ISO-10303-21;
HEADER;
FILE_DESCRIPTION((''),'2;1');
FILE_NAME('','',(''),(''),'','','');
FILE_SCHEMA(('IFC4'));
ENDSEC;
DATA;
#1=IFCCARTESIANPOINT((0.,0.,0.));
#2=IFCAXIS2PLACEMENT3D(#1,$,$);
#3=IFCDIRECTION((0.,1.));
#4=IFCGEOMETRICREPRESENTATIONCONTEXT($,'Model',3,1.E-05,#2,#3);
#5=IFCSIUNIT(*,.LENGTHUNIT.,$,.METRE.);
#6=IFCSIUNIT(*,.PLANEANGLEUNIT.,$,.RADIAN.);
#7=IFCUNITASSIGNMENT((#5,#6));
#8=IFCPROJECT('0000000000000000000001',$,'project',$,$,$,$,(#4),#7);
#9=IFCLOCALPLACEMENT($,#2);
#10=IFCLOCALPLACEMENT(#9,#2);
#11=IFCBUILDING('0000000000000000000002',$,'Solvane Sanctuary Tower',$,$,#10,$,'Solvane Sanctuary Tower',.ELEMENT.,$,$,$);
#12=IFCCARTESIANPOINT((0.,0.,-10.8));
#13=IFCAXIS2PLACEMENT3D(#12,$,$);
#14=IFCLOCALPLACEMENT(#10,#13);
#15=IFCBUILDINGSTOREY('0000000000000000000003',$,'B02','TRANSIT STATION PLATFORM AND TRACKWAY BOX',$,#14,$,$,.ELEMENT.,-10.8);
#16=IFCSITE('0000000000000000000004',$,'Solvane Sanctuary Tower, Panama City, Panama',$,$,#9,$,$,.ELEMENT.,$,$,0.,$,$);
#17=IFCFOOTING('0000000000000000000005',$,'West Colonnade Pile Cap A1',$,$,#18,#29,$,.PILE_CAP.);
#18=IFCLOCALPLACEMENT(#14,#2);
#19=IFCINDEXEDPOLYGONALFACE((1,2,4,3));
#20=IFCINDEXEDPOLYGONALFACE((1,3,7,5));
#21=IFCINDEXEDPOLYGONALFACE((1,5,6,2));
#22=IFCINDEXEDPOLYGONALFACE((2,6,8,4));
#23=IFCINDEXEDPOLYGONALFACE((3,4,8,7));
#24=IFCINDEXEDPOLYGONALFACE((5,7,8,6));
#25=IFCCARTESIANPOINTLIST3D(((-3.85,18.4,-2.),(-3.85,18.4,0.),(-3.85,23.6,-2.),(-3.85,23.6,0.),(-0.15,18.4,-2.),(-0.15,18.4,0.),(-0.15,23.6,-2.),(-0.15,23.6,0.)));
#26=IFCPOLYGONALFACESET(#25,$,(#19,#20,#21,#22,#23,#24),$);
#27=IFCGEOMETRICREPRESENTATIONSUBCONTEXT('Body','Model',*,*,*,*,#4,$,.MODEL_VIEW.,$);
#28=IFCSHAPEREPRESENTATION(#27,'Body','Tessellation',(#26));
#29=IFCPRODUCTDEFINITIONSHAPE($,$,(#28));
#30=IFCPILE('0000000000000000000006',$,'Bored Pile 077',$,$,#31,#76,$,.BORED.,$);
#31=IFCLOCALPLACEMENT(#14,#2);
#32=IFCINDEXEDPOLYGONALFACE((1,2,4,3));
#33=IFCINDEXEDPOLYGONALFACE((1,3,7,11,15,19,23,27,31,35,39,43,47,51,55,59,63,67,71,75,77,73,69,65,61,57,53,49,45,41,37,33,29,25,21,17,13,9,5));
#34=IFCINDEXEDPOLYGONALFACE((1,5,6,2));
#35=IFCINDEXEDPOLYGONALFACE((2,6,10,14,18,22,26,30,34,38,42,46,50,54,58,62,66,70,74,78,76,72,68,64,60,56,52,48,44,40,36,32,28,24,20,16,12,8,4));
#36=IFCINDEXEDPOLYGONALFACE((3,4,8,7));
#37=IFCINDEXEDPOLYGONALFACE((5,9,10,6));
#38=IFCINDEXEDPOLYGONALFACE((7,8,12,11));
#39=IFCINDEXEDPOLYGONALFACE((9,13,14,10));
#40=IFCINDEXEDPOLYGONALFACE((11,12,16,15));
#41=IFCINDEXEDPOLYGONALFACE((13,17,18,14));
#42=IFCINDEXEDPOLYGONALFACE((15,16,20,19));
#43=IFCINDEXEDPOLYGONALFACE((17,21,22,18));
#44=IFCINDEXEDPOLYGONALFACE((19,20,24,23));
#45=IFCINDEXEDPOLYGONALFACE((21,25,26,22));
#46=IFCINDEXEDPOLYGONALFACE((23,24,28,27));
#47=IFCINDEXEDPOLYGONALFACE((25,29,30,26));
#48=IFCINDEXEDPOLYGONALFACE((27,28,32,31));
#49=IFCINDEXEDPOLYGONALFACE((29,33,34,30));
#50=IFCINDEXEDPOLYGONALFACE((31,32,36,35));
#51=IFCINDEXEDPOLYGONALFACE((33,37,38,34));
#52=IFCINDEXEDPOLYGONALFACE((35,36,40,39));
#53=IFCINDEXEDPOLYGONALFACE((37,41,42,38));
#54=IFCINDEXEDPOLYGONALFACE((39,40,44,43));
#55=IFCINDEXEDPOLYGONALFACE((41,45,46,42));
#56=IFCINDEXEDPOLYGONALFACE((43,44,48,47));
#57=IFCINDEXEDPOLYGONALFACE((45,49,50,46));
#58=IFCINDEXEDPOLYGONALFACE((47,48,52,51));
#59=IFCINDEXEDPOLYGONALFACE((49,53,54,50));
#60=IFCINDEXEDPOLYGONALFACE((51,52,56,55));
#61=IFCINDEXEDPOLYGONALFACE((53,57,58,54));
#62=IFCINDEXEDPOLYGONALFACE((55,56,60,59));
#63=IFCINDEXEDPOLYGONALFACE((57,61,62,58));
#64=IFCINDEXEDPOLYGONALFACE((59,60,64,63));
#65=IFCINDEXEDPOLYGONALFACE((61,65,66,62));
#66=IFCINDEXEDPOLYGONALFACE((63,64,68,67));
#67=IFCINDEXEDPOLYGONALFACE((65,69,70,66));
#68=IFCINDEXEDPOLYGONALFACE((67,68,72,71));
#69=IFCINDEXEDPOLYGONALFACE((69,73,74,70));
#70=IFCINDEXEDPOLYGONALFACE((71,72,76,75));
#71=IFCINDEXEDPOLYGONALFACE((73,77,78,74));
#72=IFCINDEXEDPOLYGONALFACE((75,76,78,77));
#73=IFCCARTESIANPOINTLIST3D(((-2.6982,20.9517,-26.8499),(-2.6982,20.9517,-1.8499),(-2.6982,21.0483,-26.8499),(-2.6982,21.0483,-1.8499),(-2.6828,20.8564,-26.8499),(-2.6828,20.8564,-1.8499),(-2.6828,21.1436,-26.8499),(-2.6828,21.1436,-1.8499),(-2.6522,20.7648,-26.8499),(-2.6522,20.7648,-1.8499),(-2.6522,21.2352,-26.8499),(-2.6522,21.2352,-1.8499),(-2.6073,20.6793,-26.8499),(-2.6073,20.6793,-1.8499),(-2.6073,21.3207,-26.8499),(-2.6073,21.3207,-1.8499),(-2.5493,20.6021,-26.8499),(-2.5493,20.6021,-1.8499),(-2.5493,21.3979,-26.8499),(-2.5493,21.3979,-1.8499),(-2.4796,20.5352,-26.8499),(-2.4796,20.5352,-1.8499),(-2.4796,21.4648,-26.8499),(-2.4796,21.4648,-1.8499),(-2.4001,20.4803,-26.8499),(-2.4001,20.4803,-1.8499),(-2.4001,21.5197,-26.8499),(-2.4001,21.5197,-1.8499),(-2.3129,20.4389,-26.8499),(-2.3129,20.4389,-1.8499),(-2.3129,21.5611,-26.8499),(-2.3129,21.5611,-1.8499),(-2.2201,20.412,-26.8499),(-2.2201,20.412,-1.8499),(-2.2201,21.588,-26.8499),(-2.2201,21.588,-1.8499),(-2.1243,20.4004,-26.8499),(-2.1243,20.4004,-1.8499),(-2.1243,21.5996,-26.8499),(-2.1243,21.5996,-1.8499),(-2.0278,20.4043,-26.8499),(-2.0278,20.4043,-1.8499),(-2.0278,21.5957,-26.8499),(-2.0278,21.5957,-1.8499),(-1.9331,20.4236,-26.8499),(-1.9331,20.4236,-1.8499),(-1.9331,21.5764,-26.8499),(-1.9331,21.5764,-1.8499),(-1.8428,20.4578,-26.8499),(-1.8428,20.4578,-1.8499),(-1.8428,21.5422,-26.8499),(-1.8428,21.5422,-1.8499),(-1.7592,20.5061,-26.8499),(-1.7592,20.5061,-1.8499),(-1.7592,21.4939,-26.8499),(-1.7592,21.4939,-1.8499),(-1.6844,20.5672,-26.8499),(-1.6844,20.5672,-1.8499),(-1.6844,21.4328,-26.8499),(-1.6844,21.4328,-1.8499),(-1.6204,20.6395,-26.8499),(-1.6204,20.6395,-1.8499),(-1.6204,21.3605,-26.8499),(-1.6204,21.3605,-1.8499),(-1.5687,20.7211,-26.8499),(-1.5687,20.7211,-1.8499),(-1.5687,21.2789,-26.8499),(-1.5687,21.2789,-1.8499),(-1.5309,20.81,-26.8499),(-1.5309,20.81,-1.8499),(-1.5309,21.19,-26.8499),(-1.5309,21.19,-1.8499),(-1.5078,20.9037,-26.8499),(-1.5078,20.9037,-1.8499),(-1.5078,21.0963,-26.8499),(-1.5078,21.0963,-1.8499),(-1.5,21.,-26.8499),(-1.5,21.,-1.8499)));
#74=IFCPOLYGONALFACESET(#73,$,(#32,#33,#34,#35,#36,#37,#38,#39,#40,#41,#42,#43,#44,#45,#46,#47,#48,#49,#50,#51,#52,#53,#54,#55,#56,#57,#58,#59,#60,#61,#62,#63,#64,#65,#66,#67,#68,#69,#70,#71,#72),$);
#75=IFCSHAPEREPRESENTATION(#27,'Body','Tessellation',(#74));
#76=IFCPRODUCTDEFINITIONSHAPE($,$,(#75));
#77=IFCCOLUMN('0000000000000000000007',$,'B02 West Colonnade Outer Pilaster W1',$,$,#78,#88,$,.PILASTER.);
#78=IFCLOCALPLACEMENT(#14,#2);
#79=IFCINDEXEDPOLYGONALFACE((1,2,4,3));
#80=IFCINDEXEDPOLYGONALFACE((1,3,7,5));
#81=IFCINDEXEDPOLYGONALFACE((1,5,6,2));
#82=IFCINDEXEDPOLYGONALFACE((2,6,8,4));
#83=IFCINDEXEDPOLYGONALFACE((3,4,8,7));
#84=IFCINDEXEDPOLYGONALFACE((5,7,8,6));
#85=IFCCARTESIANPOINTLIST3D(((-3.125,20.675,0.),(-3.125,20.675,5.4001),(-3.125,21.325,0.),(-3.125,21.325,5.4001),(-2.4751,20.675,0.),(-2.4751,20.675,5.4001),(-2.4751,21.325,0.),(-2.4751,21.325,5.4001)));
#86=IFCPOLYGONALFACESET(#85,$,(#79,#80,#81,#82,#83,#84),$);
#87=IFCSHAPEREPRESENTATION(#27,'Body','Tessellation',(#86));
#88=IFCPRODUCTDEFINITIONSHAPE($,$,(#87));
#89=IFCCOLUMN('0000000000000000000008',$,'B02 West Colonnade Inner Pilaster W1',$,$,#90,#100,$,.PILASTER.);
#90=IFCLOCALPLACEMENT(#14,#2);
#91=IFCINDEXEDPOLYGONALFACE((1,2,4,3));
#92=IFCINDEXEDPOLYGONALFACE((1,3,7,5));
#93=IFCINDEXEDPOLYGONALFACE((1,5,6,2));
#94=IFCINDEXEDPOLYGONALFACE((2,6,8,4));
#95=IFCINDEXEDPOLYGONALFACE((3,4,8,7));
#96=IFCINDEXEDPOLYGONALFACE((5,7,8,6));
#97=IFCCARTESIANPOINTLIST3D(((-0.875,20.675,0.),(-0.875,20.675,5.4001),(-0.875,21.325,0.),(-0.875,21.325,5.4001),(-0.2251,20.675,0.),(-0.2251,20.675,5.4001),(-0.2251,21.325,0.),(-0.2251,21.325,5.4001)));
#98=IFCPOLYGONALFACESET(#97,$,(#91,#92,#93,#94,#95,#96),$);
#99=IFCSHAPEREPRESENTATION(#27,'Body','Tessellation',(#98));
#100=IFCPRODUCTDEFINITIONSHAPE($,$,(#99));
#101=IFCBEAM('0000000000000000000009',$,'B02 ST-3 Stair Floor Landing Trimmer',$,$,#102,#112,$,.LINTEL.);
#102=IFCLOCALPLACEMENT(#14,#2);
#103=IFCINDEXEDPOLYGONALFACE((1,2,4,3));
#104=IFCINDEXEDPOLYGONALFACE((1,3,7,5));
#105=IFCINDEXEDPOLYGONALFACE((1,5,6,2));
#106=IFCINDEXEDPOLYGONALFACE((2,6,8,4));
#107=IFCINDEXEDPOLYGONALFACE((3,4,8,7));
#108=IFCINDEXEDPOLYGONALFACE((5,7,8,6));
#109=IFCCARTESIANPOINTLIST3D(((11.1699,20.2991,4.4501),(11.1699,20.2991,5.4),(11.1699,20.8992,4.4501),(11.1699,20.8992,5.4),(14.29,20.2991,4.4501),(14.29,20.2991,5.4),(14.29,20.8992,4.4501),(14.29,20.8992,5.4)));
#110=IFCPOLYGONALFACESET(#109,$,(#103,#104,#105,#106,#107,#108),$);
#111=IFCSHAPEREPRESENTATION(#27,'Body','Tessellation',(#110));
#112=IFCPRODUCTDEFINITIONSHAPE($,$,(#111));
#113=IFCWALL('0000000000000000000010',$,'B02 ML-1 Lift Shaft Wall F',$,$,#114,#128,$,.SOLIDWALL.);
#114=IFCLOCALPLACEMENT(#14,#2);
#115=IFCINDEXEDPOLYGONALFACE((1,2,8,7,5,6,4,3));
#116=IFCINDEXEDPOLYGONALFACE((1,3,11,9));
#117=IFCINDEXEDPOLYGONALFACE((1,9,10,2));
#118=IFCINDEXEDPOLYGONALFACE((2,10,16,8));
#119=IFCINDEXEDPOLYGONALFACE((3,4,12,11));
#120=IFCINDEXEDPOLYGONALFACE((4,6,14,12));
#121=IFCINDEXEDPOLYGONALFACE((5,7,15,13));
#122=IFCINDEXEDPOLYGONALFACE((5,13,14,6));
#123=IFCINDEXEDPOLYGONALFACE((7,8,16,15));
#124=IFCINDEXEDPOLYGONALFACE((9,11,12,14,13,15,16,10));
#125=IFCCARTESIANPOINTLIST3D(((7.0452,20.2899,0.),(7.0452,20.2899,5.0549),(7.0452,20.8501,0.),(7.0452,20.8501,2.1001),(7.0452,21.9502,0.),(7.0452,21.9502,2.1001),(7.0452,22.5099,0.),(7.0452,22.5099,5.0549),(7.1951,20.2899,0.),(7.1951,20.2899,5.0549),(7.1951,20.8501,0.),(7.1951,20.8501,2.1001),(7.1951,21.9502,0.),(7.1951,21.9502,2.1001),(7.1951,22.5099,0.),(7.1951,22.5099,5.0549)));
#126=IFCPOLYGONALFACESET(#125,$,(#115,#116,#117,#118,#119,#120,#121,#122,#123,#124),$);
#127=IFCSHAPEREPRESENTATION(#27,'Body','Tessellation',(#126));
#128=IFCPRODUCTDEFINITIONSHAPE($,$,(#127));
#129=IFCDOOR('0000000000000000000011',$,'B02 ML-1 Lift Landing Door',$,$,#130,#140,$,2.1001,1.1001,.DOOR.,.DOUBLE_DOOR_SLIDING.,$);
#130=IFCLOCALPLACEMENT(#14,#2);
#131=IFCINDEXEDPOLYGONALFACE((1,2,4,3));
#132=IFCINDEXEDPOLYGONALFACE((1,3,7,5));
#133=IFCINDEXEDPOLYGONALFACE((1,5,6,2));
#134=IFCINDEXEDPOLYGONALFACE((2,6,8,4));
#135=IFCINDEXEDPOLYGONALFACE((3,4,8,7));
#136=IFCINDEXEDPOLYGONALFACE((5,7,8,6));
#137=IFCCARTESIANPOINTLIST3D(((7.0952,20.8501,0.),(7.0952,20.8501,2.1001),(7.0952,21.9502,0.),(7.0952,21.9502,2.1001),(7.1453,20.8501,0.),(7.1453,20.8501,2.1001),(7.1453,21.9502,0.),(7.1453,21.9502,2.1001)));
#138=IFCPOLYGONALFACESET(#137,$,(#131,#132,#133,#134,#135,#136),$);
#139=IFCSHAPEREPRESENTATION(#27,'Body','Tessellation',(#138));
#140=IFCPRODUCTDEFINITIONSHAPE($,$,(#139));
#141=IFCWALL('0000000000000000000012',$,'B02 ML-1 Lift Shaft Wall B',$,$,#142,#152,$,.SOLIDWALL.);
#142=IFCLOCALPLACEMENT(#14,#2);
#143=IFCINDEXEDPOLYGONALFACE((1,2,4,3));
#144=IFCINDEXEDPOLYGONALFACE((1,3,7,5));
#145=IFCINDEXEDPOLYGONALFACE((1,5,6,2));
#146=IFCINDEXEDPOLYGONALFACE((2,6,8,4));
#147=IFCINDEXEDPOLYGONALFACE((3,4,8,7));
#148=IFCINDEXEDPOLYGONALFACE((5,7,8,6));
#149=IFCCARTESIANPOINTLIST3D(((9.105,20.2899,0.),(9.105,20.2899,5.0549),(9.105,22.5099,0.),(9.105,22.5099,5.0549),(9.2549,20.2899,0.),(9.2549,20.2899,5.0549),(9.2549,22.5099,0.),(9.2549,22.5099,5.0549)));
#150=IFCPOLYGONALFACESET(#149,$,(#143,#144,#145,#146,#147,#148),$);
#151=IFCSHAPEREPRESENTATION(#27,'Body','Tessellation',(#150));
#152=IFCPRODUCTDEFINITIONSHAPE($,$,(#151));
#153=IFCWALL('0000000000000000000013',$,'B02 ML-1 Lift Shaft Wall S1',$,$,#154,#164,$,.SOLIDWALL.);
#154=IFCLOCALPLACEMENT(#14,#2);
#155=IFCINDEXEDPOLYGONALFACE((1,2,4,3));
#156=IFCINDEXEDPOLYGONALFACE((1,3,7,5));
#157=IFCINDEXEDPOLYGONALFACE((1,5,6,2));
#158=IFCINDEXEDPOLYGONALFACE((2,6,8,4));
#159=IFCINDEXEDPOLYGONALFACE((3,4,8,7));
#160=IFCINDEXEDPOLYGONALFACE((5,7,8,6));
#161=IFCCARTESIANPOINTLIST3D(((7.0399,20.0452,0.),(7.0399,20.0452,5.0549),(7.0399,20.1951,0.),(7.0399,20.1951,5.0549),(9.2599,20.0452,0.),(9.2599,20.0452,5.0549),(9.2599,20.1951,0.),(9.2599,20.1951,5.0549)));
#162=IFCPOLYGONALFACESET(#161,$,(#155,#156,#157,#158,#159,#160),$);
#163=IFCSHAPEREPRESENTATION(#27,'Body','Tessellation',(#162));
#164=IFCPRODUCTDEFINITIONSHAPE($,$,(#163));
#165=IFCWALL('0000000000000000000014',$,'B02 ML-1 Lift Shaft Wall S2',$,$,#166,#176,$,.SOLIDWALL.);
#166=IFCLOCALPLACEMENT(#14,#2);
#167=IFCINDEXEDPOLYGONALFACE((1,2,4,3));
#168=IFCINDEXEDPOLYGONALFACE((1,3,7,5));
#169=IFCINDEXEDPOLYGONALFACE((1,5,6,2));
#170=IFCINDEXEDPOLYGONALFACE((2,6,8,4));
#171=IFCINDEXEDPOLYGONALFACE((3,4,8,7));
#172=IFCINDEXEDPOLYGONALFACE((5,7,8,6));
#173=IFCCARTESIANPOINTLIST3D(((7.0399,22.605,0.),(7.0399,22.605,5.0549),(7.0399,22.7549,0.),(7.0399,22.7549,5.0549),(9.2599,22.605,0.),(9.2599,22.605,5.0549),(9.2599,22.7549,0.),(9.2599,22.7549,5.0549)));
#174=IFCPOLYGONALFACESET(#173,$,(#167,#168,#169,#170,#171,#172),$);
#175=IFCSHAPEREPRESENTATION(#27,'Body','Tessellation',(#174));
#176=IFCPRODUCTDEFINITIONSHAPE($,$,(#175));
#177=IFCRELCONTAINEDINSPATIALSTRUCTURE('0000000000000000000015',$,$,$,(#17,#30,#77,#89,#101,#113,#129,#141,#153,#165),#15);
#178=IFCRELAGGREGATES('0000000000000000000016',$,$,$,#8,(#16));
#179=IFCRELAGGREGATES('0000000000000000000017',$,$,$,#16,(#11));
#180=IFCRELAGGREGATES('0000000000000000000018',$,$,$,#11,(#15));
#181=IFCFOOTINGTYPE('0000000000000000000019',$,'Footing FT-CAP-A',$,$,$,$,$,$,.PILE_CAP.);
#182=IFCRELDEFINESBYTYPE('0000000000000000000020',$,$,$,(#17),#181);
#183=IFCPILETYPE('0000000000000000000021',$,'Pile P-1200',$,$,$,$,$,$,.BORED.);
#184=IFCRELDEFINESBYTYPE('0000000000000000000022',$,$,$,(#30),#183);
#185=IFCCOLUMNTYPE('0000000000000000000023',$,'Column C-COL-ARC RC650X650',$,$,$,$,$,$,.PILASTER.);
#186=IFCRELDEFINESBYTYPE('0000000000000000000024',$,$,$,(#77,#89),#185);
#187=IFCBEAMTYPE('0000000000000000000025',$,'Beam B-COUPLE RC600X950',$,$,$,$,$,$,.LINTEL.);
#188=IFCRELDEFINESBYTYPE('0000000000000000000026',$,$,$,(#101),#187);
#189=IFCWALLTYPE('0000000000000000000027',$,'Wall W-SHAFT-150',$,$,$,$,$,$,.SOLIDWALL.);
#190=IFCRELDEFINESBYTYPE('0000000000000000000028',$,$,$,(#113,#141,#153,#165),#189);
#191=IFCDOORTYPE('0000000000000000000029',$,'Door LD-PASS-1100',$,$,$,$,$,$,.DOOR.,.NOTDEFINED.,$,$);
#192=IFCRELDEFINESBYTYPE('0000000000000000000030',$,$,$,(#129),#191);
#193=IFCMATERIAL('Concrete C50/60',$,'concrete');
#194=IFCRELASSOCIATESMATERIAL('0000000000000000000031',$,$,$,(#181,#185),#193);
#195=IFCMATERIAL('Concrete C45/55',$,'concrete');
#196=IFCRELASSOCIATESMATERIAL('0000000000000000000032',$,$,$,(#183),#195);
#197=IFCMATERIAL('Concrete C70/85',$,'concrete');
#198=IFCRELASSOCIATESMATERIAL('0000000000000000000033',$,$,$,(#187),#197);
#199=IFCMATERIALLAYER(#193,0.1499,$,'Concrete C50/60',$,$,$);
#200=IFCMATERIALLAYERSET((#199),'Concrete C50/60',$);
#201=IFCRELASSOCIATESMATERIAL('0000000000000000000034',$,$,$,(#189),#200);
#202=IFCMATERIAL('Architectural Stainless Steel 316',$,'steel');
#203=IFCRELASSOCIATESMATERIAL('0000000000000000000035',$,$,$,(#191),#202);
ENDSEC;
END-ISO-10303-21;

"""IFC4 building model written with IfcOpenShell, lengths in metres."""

from ifc_helpers import new_model, si_unit, direction, frame, frame_2d, origin, origin_2d, place, context, subcontext, project, spatial, rectangle, circle, extrude, material, layer, layer_set, material_profile, profile_set, type_object, element, fill, save


model = new_model("IFC4")

# Units and contexts
model_context = context("Model", 3, precision=1e-05, world=origin(), true_north=direction((0.0, 1.0)))
body_context = subcontext(model_context, "Body", "Model", "MODEL_VIEW")
ifc_project = project(units=[si_unit("LENGTHUNIT", "METRE"), si_unit("PLANEANGLEUNIT", "RADIAN")], contexts=[model_context])

# Site, building, storey
site_placement = place(None, origin())
site = spatial("IfcSite", under=ifc_project, at=site_placement, Name="Solvane Sanctuary Tower, Panama City, Panama", CompositionType="ELEMENT", RefElevation=0.0)
building_placement = place(site_placement, origin())
building = spatial("IfcBuilding", under=site, at=building_placement, Name="Solvane Sanctuary Tower", LongName="Solvane Sanctuary Tower", CompositionType="ELEMENT")
storey_placement = place(building_placement, frame((0.0, 0.0, -10.8)))
storey = spatial("IfcBuildingStorey", under=building, at=storey_placement, Name="B02", Description="TRANSIT STATION PLATFORM AND TRACKWAY BOX", CompositionType="ELEMENT", Elevation=-10.8)

# Footing
ifc_material_1 = material(Name="Concrete C50/60", Category="concrete")
footing_type = type_object("IfcFootingType", Name="Footing FT-CAP-A", PredefinedType="PILE_CAP", material=ifc_material_1)
footing_placement = place(storey_placement, frame((-2.0, 21.0, -2.0), z_axis=(0.0, 0.0, 1.0), x_axis=(1.0, 0.0, 0.0)))
element("IfcFooting", 1, at=footing_placement, inside=storey, type_object=footing_type, Name="West Colonnade Pile Cap A1", PredefinedType="PILE_CAP", context=body_context, shape_type="SweptSolid", body=[
    extrude(rectangle(XDim=3.7, YDim=5.2, at=origin_2d()), origin(), (0.0, 0.0, 1.0), 2.0),
])

# Pile
ifc_material_2 = material(Name="Concrete C45/55", Category="concrete")
ifc_material_profile_1 = material_profile(ifc_material_2, circle(Radius=0.6001, at=origin_2d()), Name="PILE1200")
ifc_profile_set_1 = profile_set([ifc_material_profile_1], Name="Concrete C45/55")
pile_type = type_object("IfcPileType", Name="Pile P-1200", PredefinedType="BORED", material=ifc_profile_set_1)
pile_placement = place(storey_placement, frame((-2.1001, 21.0, -1.8499), z_axis=(0.0, 0.0, -1.0), x_axis=(1.0, 0.0, 0.0)))
element("IfcPile", 2, at=pile_placement, inside=storey, type_object=pile_type, Name="Bored Pile 077", PredefinedType="BORED", context=body_context, shape_type="SweptSolid", body=[
    extrude(circle(Radius=0.6001, at=origin_2d()), origin(), (0.0, 0.0, 1.0), 25.0),
])

# Columns
ifc_material_profile_2 = material_profile(ifc_material_1, rectangle(XDim=0.6499, YDim=0.6499, at=origin_2d()), Name="RC650X650")
ifc_profile_set_2 = profile_set([ifc_material_profile_2], Name="Concrete C50/60")
column_type = type_object("IfcColumnType", Name="Column C-COL-ARC RC650X650", PredefinedType="PILASTER", material=ifc_profile_set_2)
for number, where, z_axis, x_axis, name in (
    (3, (-2.8, 21.0, 0.0), (0.0, 0.0, 1.0), (1.0, 0.0, 0.0), "B02 West Colonnade Outer Pilaster W1"),
    (4, (-0.55, 21.0, 0.0), (0.0, 0.0, 1.0), (1.0, 0.0, 0.0), "B02 West Colonnade Inner Pilaster W1"),
):
    element("IfcColumn", number, at=place(storey_placement, frame(where, z_axis=z_axis, x_axis=x_axis)), inside=storey, type_object=column_type, Name=name, PredefinedType="PILASTER", context=body_context, shape_type="SweptSolid", body=[
        extrude(rectangle(XDim=0.6499, YDim=0.6499, at=origin_2d()), origin(), (0.0, 0.0, 1.0), 5.4001),
    ])

# Beam
ifc_material_3 = material(Name="Concrete C70/85", Category="concrete")
ifc_material_profile_3 = material_profile(ifc_material_3, rectangle(XDim=0.6001, YDim=0.95, at=origin_2d()), Name="RC600X950")
ifc_profile_set_3 = profile_set([ifc_material_profile_3], Name="Concrete C70/85")
beam_type = type_object("IfcBeamType", Name="Beam B-COUPLE RC600X950", PredefinedType="LINTEL", material=ifc_profile_set_3)
beam_placement = place(storey_placement, frame((11.1699, 20.5991, 4.925), z_axis=(1.0, 0.0, 0.0), x_axis=(0.0, 1.0, 0.0)))
element("IfcBeam", 5, at=beam_placement, inside=storey, type_object=beam_type, Name="B02 ST-3 Stair Floor Landing Trimmer", PredefinedType="LINTEL", context=body_context, shape_type="SweptSolid", body=[
    extrude(rectangle(XDim=0.6001, YDim=0.95, at=origin_2d()), origin(), (0.0, 0.0, 1.0), 3.1201),
])

# Wall, opening, door
ifc_layer_1 = layer(ifc_material_1, 0.1499, Name="Concrete C50/60")
ifc_layer_set_1 = layer_set([ifc_layer_1], Name="Concrete C50/60")
wall_type_1 = type_object("IfcWallType", Name="Wall W-SHAFT-150", PredefinedType="SOLIDWALL", material=ifc_layer_set_1)
wall_1_placement = place(storey_placement, frame((7.1201, 20.29, 0.0), z_axis=(0.0, 0.0, 1.0), x_axis=(0.0, 1.0, 0.0)))
wall_1 = element("IfcWall", 6, at=wall_1_placement, inside=storey, type_object=wall_type_1, Name="B02 ML-1 Lift Shaft Wall F", PredefinedType="SOLIDWALL", context=body_context, shape_type="SweptSolid", body=[
    extrude(rectangle(XDim=2.22, YDim=0.1499, at=frame_2d((1.1099, 0.0))), origin(), (0.0, 0.0, 1.0), 5.0549),
])
opening_1_placement = place(wall_1_placement, frame((0.5601, 0.0, 0.0)))
opening_1 = element("IfcOpeningElement", 7, at=opening_1_placement, cuts=wall_1, PredefinedType="OPENING", context=body_context, shape_type="SweptSolid", body=[
    extrude(rectangle(XDim=1.1001, YDim=2.1001, at=frame_2d((0.55, 1.05))), frame((0.0, 0.085, 0.0), z_axis=(0.0, -1.0, 0.0), x_axis=(1.0, 0.0, 0.0)), (0.0, 0.0, 1.0), 0.1699),
])
ifc_material_4 = material(Name="Architectural Stainless Steel 316", Category="steel")
door_type = type_object("IfcDoorType", Name="Door LD-PASS-1100", OperationType="NOTDEFINED", PredefinedType="DOOR", material=ifc_material_4)
door_1_placement = place(opening_1_placement, origin())
door_1 = element("IfcDoor", 8, at=door_1_placement, inside=storey, type_object=door_type, Name="B02 ML-1 Lift Landing Door", OperationType="DOUBLE_DOOR_SLIDING", OverallHeight=2.1001, OverallWidth=1.1001, PredefinedType="DOOR", context=body_context, shape_type="SweptSolid", body=[
    extrude(rectangle(XDim=1.1001, YDim=2.1001, at=frame_2d((0.55, 1.05))), frame((0.0, 0.0249, 0.0), z_axis=(0.0, -1.0, 0.0), x_axis=(1.0, 0.0, 0.0)), (0.0, 0.0, 1.0), 0.05),
])
fill(opening_1, door_1)

# Walls
for number, where, z_axis, x_axis, name in (
    (9, (9.1799, 20.29, 0.0), (0.0, 0.0, 1.0), (0.0, 1.0, 0.0), "B02 ML-1 Lift Shaft Wall B"),
    (10, (7.04, 20.1201, 0.0), (0.0, 0.0, 1.0), (1.0, 0.0, 0.0), "B02 ML-1 Lift Shaft Wall S1"),
    (11, (7.04, 22.6799, 0.0), (0.0, 0.0, 1.0), (1.0, 0.0, 0.0), "B02 ML-1 Lift Shaft Wall S2"),
):
    element("IfcWall", number, at=place(storey_placement, frame(where, z_axis=z_axis, x_axis=x_axis)), inside=storey, type_object=wall_type_1, Name=name, PredefinedType="SOLIDWALL", context=body_context, shape_type="SweptSolid", body=[
        extrude(rectangle(XDim=2.22, YDim=0.1499, at=frame_2d((1.1099, 0.0))), origin(), (0.0, 0.0, 1.0), 5.0549),
    ])

save(model, "model.ifc")
